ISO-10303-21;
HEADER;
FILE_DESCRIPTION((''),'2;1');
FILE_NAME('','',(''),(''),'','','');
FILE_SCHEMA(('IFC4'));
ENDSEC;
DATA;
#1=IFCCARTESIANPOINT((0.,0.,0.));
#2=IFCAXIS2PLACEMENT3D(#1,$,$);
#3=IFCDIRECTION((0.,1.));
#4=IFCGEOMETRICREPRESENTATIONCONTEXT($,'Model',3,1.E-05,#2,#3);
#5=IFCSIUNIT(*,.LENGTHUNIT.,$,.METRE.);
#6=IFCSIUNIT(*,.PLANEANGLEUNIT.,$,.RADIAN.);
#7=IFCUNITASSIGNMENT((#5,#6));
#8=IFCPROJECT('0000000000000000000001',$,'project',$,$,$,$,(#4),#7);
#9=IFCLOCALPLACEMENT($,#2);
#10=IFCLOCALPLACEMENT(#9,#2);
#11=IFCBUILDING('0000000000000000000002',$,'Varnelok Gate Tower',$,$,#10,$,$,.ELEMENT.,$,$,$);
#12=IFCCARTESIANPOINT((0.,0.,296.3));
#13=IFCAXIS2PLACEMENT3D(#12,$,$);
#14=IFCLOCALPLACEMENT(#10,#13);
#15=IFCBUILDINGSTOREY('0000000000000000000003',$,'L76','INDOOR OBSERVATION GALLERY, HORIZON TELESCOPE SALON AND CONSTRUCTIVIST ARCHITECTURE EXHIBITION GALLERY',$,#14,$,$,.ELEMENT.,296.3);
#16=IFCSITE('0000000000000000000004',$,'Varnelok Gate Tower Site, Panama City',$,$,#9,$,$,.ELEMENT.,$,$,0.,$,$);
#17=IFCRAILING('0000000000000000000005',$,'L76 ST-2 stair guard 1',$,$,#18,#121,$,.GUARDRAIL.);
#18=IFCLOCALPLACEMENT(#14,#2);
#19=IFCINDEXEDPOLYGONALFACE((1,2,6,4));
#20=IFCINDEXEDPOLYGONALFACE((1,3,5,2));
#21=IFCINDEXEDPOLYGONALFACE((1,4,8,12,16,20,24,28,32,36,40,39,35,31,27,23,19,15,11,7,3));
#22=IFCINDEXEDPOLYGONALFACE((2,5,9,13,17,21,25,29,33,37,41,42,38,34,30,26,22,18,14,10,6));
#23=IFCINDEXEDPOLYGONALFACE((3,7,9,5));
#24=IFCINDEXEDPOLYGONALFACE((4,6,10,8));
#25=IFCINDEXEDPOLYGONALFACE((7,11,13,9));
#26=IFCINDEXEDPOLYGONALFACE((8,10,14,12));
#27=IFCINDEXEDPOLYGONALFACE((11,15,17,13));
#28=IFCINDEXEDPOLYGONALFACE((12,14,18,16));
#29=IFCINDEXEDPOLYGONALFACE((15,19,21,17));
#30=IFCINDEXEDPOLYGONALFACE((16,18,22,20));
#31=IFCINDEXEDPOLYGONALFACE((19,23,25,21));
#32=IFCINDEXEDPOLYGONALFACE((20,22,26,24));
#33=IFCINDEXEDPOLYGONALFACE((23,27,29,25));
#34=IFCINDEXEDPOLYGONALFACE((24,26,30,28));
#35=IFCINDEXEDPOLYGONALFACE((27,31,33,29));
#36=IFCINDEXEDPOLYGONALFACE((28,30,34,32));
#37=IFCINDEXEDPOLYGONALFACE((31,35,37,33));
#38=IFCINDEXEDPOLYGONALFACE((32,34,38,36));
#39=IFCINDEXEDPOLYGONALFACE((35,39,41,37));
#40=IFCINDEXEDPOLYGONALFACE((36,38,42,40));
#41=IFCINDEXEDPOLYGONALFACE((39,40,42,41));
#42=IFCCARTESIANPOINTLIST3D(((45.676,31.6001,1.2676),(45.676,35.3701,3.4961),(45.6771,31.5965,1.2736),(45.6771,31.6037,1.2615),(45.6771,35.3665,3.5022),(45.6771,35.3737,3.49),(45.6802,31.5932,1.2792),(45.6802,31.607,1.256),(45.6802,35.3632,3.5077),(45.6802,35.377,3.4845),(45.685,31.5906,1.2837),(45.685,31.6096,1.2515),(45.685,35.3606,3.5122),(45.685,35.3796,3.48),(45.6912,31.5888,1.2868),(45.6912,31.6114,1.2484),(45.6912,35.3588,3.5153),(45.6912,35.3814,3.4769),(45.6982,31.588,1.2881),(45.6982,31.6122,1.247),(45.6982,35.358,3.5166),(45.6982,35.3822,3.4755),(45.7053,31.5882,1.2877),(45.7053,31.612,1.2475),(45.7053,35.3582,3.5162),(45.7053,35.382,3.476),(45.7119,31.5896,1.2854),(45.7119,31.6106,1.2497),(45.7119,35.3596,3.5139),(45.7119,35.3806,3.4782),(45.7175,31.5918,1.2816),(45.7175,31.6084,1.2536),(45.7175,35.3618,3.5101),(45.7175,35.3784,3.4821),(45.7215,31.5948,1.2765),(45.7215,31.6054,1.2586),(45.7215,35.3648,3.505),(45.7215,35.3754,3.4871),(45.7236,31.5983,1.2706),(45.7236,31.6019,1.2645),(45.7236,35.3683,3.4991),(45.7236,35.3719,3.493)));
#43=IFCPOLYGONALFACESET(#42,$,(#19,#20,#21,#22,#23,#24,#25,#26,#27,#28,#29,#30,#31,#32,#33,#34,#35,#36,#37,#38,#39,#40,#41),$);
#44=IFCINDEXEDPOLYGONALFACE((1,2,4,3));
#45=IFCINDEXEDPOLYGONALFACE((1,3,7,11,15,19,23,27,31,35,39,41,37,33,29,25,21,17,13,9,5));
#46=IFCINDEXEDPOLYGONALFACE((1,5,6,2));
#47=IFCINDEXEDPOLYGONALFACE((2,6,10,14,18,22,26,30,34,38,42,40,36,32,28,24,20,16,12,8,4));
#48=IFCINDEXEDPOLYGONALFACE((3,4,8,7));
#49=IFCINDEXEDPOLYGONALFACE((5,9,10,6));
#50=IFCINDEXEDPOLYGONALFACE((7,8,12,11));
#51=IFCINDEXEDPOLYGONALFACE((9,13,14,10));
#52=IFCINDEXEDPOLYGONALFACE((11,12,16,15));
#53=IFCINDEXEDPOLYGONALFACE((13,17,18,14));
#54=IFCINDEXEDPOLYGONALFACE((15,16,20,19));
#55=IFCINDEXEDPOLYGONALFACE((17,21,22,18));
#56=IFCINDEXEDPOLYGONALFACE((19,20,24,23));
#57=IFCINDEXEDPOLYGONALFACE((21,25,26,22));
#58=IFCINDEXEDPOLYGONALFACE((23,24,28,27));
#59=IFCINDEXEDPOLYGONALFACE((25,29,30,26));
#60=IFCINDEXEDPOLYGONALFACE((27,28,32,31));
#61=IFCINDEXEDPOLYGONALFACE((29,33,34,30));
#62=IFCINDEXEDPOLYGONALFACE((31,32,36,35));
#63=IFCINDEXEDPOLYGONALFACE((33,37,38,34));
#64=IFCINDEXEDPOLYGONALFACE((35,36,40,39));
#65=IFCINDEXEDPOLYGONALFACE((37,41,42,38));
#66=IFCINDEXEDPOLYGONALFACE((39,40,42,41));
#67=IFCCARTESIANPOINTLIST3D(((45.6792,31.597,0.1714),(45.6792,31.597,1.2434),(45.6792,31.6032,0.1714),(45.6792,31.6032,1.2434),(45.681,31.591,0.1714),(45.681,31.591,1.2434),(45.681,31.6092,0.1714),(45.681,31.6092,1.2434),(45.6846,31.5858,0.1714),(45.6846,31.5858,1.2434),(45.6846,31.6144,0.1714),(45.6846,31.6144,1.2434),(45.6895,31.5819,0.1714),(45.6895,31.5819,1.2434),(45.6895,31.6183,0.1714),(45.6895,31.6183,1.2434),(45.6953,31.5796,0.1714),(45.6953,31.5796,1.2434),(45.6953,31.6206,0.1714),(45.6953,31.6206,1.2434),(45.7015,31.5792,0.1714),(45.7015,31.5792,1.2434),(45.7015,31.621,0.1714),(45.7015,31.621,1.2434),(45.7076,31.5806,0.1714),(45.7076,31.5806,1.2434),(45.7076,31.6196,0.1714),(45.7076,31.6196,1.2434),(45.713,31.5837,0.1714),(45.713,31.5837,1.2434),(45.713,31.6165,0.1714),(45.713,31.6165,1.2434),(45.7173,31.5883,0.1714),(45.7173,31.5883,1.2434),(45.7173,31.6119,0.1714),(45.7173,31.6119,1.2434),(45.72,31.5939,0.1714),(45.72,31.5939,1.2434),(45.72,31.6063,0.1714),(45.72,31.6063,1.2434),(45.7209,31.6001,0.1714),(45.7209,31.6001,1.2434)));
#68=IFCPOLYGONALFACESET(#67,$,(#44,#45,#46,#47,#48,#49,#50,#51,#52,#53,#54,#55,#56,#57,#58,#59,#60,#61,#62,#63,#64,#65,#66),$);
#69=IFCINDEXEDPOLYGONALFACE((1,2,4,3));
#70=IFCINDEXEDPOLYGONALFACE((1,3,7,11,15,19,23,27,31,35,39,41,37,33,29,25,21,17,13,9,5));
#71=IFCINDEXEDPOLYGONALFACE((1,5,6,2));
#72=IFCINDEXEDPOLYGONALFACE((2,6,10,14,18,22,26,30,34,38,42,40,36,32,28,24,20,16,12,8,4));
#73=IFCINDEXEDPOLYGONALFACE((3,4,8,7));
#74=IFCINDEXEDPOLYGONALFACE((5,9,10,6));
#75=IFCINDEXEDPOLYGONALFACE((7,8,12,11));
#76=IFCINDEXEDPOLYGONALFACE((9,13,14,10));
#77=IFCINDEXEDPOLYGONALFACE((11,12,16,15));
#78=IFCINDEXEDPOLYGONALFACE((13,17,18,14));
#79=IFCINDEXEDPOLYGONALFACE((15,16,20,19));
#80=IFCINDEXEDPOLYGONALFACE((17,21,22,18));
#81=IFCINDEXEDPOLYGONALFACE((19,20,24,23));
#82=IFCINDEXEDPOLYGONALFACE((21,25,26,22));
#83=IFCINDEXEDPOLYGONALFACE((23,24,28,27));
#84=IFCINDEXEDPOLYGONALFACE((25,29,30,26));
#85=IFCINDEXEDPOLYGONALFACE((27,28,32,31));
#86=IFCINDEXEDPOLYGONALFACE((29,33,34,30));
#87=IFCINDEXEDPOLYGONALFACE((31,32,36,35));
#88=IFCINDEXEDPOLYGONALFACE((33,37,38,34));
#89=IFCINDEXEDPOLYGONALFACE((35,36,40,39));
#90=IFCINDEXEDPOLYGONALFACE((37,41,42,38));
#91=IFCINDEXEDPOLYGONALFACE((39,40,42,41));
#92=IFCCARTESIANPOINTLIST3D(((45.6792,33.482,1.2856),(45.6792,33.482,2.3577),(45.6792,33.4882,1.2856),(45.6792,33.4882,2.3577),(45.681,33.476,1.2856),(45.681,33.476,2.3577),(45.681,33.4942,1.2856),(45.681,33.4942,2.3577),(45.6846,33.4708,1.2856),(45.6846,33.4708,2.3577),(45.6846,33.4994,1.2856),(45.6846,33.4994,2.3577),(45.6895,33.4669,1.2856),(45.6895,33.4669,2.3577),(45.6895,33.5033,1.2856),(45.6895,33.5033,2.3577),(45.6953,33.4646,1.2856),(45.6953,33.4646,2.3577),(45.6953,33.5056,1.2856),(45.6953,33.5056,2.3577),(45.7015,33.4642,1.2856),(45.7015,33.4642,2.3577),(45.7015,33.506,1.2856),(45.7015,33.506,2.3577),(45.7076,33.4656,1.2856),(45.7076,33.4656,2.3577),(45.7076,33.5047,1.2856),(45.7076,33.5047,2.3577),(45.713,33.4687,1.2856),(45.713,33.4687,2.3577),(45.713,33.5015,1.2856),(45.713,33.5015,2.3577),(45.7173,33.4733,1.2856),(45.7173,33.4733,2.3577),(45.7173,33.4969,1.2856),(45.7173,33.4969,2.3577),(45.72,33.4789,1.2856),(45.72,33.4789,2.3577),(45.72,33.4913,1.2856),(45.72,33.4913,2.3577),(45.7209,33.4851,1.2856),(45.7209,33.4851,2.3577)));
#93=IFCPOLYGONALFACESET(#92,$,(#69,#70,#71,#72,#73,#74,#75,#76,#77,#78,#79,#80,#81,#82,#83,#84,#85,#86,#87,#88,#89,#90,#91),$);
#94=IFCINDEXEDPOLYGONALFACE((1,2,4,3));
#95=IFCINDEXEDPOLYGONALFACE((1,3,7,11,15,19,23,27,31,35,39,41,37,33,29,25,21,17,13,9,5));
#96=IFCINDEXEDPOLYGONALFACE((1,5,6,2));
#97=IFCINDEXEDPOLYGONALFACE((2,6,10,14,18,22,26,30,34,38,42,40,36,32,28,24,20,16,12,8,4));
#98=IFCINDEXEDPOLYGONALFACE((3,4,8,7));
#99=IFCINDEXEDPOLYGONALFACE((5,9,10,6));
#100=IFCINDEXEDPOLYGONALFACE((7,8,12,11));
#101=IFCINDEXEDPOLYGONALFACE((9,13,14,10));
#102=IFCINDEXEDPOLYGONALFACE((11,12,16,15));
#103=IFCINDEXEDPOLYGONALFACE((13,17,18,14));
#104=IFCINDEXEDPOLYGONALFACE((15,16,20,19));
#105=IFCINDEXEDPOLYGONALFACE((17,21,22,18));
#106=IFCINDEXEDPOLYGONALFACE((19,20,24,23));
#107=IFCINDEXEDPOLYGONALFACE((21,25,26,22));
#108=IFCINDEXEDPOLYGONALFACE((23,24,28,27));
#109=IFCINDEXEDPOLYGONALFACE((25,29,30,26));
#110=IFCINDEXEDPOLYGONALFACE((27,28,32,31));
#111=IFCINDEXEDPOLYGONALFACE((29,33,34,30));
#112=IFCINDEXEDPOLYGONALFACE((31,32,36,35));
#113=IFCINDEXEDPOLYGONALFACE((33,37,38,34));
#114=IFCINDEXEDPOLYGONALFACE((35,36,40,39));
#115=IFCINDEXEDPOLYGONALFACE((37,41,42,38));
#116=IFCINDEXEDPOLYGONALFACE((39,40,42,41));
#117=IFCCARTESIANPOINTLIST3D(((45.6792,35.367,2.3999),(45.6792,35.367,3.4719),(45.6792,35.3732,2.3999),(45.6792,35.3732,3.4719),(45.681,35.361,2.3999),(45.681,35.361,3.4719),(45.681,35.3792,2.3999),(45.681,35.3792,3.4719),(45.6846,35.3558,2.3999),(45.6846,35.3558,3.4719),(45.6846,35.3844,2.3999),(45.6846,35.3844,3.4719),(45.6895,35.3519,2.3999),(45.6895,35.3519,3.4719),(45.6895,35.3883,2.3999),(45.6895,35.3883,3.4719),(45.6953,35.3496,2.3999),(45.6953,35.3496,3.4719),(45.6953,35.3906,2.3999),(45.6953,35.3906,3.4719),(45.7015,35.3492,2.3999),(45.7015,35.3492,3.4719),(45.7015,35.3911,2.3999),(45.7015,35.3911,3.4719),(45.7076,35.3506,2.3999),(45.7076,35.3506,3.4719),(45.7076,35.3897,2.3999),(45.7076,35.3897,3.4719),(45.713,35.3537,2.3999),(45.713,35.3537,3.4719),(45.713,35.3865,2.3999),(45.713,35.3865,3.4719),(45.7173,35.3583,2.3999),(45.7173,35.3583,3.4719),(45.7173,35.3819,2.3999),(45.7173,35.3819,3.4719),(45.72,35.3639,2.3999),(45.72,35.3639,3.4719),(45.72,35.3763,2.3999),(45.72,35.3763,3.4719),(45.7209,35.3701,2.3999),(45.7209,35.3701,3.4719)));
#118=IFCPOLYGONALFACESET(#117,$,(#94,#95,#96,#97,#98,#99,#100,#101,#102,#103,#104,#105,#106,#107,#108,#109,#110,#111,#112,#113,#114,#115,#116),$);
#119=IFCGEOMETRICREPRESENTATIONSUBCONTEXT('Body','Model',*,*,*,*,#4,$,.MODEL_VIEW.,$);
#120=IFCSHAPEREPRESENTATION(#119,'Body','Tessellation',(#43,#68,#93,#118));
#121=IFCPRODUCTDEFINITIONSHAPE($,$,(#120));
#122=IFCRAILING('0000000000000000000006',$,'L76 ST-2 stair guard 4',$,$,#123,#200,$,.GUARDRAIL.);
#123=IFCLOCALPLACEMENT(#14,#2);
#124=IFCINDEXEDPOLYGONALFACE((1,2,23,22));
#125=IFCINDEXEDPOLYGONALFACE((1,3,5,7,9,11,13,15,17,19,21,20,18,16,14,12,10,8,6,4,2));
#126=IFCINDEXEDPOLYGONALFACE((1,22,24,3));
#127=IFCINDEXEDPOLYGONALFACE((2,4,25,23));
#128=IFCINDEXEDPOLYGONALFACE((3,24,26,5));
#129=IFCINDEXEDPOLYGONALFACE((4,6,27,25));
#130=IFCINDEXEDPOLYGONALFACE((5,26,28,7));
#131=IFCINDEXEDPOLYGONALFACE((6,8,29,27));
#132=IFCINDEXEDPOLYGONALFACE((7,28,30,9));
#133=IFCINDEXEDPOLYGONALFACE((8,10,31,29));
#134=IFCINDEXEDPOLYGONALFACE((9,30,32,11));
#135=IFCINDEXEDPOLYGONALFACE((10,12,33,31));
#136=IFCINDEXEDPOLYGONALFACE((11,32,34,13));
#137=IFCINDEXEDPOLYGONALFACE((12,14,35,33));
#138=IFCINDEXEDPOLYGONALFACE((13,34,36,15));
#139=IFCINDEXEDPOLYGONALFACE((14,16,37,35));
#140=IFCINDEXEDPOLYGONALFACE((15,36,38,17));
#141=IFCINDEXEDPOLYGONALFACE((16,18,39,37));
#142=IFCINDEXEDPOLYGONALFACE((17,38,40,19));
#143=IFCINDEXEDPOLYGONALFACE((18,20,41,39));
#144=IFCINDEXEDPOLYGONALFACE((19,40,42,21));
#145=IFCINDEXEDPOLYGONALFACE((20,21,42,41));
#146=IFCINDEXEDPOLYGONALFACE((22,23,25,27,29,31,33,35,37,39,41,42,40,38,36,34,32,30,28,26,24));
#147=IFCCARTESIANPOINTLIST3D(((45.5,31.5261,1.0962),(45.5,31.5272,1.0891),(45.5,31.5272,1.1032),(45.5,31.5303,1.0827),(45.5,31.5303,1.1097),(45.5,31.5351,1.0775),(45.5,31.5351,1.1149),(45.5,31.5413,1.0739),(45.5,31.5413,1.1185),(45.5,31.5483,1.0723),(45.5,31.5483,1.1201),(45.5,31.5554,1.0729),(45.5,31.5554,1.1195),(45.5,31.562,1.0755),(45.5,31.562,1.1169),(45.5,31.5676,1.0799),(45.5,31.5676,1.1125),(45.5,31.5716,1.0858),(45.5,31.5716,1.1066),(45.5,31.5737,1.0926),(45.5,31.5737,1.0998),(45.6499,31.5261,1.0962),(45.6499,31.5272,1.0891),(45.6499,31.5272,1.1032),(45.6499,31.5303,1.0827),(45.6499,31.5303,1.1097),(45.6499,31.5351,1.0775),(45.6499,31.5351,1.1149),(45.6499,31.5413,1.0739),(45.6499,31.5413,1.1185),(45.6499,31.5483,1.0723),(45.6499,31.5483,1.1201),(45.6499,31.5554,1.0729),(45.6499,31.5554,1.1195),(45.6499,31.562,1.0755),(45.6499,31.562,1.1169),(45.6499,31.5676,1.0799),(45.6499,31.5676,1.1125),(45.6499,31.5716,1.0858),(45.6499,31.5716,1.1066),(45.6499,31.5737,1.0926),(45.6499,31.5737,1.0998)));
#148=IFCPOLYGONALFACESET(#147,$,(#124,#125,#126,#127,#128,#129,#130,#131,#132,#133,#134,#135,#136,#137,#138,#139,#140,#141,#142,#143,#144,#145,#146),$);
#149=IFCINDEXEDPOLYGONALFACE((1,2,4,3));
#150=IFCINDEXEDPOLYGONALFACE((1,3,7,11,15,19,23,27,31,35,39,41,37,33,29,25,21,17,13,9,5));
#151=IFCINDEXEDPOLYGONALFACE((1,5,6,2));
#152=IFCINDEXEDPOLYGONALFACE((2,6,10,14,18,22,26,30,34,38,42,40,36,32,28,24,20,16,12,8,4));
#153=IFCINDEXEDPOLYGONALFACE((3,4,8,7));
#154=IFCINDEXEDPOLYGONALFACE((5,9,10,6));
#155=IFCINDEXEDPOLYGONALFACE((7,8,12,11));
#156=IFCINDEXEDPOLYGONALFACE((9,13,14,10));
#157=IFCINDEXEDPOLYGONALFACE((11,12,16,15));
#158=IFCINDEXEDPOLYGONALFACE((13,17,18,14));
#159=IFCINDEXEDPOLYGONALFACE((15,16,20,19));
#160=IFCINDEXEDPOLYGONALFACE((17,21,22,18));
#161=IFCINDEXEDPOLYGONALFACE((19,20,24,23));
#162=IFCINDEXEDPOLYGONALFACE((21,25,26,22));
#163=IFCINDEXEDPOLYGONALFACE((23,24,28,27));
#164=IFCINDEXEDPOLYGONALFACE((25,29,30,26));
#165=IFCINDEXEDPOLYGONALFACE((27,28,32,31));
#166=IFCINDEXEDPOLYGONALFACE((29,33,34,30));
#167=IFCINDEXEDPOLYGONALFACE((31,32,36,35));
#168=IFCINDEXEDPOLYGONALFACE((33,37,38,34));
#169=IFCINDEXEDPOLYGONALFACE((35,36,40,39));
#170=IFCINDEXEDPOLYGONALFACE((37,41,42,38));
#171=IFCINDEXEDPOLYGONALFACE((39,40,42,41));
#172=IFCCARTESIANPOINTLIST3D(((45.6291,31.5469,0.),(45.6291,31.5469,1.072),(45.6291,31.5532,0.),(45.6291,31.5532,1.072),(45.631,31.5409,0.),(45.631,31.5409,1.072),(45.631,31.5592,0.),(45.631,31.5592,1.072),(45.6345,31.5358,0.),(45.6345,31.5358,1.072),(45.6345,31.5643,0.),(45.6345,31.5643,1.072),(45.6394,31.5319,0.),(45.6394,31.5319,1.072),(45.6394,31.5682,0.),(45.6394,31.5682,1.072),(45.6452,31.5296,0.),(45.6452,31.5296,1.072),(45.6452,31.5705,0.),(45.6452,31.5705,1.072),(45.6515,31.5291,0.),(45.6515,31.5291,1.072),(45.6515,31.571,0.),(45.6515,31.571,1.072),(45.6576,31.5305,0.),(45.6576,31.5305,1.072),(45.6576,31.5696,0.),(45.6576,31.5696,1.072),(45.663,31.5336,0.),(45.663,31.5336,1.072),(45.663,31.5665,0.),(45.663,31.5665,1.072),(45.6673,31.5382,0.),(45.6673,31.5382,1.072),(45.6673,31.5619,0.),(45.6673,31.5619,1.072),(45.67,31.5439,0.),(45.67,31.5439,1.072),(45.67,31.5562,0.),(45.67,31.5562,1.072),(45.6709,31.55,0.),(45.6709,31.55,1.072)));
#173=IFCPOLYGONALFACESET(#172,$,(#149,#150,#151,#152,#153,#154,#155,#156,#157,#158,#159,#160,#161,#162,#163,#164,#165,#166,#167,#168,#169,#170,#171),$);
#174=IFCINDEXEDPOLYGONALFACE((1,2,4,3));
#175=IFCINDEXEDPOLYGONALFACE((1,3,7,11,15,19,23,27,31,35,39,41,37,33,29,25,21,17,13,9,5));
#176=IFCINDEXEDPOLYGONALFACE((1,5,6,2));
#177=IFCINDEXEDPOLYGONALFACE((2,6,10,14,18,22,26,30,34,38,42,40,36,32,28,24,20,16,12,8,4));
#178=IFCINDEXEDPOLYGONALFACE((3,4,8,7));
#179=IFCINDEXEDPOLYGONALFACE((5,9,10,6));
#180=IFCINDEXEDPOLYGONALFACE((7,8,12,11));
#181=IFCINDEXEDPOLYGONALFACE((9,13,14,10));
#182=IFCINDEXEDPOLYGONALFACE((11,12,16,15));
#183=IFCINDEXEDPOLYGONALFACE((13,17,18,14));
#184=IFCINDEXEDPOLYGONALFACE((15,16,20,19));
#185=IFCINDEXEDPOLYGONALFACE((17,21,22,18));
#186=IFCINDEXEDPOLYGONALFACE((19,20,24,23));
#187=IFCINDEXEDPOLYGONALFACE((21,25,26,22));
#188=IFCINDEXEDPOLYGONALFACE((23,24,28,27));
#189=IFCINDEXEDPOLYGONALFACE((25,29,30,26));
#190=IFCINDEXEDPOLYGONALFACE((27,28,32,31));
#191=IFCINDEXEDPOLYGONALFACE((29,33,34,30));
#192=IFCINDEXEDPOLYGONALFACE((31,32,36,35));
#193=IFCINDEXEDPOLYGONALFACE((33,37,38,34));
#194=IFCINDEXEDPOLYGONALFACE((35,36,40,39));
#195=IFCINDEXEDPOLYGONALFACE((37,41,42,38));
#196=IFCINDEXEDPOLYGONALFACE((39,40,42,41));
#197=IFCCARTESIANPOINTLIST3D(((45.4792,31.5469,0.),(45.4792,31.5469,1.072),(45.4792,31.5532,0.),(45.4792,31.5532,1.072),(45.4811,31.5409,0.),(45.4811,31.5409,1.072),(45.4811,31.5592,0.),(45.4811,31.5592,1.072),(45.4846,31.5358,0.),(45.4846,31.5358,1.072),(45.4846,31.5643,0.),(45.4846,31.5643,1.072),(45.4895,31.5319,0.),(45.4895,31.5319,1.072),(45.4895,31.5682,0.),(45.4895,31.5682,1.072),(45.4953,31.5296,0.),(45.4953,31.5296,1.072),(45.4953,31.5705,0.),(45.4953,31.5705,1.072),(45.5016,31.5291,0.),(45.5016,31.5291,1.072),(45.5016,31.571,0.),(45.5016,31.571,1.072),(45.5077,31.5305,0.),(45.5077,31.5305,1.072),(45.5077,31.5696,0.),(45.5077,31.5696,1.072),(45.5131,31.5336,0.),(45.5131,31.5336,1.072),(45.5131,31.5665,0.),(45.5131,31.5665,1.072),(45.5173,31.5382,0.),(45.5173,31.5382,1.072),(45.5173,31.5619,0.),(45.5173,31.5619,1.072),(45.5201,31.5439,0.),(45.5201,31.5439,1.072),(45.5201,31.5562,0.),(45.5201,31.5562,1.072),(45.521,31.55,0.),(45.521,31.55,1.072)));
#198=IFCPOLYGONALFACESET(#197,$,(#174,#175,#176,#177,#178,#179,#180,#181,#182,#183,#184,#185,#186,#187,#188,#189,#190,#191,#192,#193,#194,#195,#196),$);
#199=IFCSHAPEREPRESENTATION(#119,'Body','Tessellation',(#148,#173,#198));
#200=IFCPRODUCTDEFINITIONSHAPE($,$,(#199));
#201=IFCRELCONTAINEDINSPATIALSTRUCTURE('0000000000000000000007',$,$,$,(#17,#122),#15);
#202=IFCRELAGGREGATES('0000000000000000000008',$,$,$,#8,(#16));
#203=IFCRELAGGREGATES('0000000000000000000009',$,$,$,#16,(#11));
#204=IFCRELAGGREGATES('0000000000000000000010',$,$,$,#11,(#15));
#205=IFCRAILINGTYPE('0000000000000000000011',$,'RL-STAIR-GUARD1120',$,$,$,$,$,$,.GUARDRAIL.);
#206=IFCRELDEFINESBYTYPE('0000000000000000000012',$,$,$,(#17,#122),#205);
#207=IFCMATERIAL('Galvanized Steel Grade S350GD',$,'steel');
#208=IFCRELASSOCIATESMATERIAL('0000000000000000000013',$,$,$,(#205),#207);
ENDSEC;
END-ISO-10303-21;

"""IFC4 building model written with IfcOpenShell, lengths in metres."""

from ifc_helpers import new_model, si_unit, direction, frame, origin, origin_2d, place, context, subcontext, project, spatial, circle, extrude, material, type_object, element, save


model = new_model("IFC4")

# Units and contexts
model_context = context("Model", 3, precision=1e-05, world=origin(), true_north=direction((0.0, 1.0)))
body_context = subcontext(model_context, "Body", "Model", "MODEL_VIEW")
ifc_project = project(units=[si_unit("LENGTHUNIT", "METRE"), si_unit("PLANEANGLEUNIT", "RADIAN")], contexts=[model_context])

# Site, building, storey
site_placement = place(None, origin())
site = spatial("IfcSite", under=ifc_project, at=site_placement, Name="Varnelok Gate Tower Site, Panama City", CompositionType="ELEMENT", RefElevation=0.0)
building_placement = place(site_placement, origin())
building = spatial("IfcBuilding", under=site, at=building_placement, Name="Varnelok Gate Tower", CompositionType="ELEMENT")
storey_placement = place(building_placement, frame((0.0, 0.0, 296.3)))
storey = spatial("IfcBuildingStorey", under=building, at=storey_placement, Name="L76", Description="INDOOR OBSERVATION GALLERY, HORIZON TELESCOPE SALON AND CONSTRUCTIVIST ARCHITECTURE EXHIBITION GALLERY", CompositionType="ELEMENT", Elevation=296.3)

# Shared definitions
ifc_material_1 = material(Name="Galvanized Steel Grade S350GD", Category="steel")

# Railings
railing_type_1 = type_object("IfcRailingType", Name="RL-STAIR-GUARD1120", PredefinedType="GUARDRAIL", material=ifc_material_1)
railing_1_placement = place(storey_placement, frame((45.7, 31.6001, 0.1714)))
element("IfcRailing", 1, at=railing_1_placement, inside=storey, type_object=railing_type_1, Name="L76 ST-2 stair guard 1", PredefinedType="GUARDRAIL", context=body_context, shape_type="SweptSolid", body=[
    extrude(circle(Radius=0.0239, at=origin_2d()), frame((0.0, 0.0, 1.0962), z_axis=(0.0, 0.860849, 0.508861), x_axis=(-1.0, 0.0, 0.0)), (0.0, 0.0, 1.0), 4.3794),
    extrude(circle(Radius=0.021, at=origin_2d()), origin(), (0.0, 0.0, 1.0), 1.072),
    extrude(circle(Radius=0.021, at=origin_2d()), frame((0.0, 1.885, 1.1143)), (0.0, 0.0, 1.0), 1.072),
    extrude(circle(Radius=0.021, at=origin_2d()), frame((0.0, 3.77, 2.2285)), (0.0, 0.0, 1.0), 1.072),
])
railing_2_placement = place(storey_placement, frame((45.6499, 31.55, 0.0)))
element("IfcRailing", 2, at=railing_2_placement, inside=storey, type_object=railing_type_1, Name="L76 ST-2 stair guard 4", PredefinedType="GUARDRAIL", context=body_context, shape_type="SweptSolid", body=[
    extrude(circle(Radius=0.0239, at=origin_2d()), frame((0.0, 0.0, 1.0962), z_axis=(-1.0, 0.0, 0.0), x_axis=(0.0, -1.0, 0.0)), (0.0, 0.0, 1.0), 0.1499),
    extrude(circle(Radius=0.021, at=origin_2d()), origin(), (0.0, 0.0, 1.0), 1.072),
    extrude(circle(Radius=0.021, at=origin_2d()), frame((-0.1499, 0.0, 0.0)), (0.0, 0.0, 1.0), 1.072),
])

save(model, "model.ifc")
